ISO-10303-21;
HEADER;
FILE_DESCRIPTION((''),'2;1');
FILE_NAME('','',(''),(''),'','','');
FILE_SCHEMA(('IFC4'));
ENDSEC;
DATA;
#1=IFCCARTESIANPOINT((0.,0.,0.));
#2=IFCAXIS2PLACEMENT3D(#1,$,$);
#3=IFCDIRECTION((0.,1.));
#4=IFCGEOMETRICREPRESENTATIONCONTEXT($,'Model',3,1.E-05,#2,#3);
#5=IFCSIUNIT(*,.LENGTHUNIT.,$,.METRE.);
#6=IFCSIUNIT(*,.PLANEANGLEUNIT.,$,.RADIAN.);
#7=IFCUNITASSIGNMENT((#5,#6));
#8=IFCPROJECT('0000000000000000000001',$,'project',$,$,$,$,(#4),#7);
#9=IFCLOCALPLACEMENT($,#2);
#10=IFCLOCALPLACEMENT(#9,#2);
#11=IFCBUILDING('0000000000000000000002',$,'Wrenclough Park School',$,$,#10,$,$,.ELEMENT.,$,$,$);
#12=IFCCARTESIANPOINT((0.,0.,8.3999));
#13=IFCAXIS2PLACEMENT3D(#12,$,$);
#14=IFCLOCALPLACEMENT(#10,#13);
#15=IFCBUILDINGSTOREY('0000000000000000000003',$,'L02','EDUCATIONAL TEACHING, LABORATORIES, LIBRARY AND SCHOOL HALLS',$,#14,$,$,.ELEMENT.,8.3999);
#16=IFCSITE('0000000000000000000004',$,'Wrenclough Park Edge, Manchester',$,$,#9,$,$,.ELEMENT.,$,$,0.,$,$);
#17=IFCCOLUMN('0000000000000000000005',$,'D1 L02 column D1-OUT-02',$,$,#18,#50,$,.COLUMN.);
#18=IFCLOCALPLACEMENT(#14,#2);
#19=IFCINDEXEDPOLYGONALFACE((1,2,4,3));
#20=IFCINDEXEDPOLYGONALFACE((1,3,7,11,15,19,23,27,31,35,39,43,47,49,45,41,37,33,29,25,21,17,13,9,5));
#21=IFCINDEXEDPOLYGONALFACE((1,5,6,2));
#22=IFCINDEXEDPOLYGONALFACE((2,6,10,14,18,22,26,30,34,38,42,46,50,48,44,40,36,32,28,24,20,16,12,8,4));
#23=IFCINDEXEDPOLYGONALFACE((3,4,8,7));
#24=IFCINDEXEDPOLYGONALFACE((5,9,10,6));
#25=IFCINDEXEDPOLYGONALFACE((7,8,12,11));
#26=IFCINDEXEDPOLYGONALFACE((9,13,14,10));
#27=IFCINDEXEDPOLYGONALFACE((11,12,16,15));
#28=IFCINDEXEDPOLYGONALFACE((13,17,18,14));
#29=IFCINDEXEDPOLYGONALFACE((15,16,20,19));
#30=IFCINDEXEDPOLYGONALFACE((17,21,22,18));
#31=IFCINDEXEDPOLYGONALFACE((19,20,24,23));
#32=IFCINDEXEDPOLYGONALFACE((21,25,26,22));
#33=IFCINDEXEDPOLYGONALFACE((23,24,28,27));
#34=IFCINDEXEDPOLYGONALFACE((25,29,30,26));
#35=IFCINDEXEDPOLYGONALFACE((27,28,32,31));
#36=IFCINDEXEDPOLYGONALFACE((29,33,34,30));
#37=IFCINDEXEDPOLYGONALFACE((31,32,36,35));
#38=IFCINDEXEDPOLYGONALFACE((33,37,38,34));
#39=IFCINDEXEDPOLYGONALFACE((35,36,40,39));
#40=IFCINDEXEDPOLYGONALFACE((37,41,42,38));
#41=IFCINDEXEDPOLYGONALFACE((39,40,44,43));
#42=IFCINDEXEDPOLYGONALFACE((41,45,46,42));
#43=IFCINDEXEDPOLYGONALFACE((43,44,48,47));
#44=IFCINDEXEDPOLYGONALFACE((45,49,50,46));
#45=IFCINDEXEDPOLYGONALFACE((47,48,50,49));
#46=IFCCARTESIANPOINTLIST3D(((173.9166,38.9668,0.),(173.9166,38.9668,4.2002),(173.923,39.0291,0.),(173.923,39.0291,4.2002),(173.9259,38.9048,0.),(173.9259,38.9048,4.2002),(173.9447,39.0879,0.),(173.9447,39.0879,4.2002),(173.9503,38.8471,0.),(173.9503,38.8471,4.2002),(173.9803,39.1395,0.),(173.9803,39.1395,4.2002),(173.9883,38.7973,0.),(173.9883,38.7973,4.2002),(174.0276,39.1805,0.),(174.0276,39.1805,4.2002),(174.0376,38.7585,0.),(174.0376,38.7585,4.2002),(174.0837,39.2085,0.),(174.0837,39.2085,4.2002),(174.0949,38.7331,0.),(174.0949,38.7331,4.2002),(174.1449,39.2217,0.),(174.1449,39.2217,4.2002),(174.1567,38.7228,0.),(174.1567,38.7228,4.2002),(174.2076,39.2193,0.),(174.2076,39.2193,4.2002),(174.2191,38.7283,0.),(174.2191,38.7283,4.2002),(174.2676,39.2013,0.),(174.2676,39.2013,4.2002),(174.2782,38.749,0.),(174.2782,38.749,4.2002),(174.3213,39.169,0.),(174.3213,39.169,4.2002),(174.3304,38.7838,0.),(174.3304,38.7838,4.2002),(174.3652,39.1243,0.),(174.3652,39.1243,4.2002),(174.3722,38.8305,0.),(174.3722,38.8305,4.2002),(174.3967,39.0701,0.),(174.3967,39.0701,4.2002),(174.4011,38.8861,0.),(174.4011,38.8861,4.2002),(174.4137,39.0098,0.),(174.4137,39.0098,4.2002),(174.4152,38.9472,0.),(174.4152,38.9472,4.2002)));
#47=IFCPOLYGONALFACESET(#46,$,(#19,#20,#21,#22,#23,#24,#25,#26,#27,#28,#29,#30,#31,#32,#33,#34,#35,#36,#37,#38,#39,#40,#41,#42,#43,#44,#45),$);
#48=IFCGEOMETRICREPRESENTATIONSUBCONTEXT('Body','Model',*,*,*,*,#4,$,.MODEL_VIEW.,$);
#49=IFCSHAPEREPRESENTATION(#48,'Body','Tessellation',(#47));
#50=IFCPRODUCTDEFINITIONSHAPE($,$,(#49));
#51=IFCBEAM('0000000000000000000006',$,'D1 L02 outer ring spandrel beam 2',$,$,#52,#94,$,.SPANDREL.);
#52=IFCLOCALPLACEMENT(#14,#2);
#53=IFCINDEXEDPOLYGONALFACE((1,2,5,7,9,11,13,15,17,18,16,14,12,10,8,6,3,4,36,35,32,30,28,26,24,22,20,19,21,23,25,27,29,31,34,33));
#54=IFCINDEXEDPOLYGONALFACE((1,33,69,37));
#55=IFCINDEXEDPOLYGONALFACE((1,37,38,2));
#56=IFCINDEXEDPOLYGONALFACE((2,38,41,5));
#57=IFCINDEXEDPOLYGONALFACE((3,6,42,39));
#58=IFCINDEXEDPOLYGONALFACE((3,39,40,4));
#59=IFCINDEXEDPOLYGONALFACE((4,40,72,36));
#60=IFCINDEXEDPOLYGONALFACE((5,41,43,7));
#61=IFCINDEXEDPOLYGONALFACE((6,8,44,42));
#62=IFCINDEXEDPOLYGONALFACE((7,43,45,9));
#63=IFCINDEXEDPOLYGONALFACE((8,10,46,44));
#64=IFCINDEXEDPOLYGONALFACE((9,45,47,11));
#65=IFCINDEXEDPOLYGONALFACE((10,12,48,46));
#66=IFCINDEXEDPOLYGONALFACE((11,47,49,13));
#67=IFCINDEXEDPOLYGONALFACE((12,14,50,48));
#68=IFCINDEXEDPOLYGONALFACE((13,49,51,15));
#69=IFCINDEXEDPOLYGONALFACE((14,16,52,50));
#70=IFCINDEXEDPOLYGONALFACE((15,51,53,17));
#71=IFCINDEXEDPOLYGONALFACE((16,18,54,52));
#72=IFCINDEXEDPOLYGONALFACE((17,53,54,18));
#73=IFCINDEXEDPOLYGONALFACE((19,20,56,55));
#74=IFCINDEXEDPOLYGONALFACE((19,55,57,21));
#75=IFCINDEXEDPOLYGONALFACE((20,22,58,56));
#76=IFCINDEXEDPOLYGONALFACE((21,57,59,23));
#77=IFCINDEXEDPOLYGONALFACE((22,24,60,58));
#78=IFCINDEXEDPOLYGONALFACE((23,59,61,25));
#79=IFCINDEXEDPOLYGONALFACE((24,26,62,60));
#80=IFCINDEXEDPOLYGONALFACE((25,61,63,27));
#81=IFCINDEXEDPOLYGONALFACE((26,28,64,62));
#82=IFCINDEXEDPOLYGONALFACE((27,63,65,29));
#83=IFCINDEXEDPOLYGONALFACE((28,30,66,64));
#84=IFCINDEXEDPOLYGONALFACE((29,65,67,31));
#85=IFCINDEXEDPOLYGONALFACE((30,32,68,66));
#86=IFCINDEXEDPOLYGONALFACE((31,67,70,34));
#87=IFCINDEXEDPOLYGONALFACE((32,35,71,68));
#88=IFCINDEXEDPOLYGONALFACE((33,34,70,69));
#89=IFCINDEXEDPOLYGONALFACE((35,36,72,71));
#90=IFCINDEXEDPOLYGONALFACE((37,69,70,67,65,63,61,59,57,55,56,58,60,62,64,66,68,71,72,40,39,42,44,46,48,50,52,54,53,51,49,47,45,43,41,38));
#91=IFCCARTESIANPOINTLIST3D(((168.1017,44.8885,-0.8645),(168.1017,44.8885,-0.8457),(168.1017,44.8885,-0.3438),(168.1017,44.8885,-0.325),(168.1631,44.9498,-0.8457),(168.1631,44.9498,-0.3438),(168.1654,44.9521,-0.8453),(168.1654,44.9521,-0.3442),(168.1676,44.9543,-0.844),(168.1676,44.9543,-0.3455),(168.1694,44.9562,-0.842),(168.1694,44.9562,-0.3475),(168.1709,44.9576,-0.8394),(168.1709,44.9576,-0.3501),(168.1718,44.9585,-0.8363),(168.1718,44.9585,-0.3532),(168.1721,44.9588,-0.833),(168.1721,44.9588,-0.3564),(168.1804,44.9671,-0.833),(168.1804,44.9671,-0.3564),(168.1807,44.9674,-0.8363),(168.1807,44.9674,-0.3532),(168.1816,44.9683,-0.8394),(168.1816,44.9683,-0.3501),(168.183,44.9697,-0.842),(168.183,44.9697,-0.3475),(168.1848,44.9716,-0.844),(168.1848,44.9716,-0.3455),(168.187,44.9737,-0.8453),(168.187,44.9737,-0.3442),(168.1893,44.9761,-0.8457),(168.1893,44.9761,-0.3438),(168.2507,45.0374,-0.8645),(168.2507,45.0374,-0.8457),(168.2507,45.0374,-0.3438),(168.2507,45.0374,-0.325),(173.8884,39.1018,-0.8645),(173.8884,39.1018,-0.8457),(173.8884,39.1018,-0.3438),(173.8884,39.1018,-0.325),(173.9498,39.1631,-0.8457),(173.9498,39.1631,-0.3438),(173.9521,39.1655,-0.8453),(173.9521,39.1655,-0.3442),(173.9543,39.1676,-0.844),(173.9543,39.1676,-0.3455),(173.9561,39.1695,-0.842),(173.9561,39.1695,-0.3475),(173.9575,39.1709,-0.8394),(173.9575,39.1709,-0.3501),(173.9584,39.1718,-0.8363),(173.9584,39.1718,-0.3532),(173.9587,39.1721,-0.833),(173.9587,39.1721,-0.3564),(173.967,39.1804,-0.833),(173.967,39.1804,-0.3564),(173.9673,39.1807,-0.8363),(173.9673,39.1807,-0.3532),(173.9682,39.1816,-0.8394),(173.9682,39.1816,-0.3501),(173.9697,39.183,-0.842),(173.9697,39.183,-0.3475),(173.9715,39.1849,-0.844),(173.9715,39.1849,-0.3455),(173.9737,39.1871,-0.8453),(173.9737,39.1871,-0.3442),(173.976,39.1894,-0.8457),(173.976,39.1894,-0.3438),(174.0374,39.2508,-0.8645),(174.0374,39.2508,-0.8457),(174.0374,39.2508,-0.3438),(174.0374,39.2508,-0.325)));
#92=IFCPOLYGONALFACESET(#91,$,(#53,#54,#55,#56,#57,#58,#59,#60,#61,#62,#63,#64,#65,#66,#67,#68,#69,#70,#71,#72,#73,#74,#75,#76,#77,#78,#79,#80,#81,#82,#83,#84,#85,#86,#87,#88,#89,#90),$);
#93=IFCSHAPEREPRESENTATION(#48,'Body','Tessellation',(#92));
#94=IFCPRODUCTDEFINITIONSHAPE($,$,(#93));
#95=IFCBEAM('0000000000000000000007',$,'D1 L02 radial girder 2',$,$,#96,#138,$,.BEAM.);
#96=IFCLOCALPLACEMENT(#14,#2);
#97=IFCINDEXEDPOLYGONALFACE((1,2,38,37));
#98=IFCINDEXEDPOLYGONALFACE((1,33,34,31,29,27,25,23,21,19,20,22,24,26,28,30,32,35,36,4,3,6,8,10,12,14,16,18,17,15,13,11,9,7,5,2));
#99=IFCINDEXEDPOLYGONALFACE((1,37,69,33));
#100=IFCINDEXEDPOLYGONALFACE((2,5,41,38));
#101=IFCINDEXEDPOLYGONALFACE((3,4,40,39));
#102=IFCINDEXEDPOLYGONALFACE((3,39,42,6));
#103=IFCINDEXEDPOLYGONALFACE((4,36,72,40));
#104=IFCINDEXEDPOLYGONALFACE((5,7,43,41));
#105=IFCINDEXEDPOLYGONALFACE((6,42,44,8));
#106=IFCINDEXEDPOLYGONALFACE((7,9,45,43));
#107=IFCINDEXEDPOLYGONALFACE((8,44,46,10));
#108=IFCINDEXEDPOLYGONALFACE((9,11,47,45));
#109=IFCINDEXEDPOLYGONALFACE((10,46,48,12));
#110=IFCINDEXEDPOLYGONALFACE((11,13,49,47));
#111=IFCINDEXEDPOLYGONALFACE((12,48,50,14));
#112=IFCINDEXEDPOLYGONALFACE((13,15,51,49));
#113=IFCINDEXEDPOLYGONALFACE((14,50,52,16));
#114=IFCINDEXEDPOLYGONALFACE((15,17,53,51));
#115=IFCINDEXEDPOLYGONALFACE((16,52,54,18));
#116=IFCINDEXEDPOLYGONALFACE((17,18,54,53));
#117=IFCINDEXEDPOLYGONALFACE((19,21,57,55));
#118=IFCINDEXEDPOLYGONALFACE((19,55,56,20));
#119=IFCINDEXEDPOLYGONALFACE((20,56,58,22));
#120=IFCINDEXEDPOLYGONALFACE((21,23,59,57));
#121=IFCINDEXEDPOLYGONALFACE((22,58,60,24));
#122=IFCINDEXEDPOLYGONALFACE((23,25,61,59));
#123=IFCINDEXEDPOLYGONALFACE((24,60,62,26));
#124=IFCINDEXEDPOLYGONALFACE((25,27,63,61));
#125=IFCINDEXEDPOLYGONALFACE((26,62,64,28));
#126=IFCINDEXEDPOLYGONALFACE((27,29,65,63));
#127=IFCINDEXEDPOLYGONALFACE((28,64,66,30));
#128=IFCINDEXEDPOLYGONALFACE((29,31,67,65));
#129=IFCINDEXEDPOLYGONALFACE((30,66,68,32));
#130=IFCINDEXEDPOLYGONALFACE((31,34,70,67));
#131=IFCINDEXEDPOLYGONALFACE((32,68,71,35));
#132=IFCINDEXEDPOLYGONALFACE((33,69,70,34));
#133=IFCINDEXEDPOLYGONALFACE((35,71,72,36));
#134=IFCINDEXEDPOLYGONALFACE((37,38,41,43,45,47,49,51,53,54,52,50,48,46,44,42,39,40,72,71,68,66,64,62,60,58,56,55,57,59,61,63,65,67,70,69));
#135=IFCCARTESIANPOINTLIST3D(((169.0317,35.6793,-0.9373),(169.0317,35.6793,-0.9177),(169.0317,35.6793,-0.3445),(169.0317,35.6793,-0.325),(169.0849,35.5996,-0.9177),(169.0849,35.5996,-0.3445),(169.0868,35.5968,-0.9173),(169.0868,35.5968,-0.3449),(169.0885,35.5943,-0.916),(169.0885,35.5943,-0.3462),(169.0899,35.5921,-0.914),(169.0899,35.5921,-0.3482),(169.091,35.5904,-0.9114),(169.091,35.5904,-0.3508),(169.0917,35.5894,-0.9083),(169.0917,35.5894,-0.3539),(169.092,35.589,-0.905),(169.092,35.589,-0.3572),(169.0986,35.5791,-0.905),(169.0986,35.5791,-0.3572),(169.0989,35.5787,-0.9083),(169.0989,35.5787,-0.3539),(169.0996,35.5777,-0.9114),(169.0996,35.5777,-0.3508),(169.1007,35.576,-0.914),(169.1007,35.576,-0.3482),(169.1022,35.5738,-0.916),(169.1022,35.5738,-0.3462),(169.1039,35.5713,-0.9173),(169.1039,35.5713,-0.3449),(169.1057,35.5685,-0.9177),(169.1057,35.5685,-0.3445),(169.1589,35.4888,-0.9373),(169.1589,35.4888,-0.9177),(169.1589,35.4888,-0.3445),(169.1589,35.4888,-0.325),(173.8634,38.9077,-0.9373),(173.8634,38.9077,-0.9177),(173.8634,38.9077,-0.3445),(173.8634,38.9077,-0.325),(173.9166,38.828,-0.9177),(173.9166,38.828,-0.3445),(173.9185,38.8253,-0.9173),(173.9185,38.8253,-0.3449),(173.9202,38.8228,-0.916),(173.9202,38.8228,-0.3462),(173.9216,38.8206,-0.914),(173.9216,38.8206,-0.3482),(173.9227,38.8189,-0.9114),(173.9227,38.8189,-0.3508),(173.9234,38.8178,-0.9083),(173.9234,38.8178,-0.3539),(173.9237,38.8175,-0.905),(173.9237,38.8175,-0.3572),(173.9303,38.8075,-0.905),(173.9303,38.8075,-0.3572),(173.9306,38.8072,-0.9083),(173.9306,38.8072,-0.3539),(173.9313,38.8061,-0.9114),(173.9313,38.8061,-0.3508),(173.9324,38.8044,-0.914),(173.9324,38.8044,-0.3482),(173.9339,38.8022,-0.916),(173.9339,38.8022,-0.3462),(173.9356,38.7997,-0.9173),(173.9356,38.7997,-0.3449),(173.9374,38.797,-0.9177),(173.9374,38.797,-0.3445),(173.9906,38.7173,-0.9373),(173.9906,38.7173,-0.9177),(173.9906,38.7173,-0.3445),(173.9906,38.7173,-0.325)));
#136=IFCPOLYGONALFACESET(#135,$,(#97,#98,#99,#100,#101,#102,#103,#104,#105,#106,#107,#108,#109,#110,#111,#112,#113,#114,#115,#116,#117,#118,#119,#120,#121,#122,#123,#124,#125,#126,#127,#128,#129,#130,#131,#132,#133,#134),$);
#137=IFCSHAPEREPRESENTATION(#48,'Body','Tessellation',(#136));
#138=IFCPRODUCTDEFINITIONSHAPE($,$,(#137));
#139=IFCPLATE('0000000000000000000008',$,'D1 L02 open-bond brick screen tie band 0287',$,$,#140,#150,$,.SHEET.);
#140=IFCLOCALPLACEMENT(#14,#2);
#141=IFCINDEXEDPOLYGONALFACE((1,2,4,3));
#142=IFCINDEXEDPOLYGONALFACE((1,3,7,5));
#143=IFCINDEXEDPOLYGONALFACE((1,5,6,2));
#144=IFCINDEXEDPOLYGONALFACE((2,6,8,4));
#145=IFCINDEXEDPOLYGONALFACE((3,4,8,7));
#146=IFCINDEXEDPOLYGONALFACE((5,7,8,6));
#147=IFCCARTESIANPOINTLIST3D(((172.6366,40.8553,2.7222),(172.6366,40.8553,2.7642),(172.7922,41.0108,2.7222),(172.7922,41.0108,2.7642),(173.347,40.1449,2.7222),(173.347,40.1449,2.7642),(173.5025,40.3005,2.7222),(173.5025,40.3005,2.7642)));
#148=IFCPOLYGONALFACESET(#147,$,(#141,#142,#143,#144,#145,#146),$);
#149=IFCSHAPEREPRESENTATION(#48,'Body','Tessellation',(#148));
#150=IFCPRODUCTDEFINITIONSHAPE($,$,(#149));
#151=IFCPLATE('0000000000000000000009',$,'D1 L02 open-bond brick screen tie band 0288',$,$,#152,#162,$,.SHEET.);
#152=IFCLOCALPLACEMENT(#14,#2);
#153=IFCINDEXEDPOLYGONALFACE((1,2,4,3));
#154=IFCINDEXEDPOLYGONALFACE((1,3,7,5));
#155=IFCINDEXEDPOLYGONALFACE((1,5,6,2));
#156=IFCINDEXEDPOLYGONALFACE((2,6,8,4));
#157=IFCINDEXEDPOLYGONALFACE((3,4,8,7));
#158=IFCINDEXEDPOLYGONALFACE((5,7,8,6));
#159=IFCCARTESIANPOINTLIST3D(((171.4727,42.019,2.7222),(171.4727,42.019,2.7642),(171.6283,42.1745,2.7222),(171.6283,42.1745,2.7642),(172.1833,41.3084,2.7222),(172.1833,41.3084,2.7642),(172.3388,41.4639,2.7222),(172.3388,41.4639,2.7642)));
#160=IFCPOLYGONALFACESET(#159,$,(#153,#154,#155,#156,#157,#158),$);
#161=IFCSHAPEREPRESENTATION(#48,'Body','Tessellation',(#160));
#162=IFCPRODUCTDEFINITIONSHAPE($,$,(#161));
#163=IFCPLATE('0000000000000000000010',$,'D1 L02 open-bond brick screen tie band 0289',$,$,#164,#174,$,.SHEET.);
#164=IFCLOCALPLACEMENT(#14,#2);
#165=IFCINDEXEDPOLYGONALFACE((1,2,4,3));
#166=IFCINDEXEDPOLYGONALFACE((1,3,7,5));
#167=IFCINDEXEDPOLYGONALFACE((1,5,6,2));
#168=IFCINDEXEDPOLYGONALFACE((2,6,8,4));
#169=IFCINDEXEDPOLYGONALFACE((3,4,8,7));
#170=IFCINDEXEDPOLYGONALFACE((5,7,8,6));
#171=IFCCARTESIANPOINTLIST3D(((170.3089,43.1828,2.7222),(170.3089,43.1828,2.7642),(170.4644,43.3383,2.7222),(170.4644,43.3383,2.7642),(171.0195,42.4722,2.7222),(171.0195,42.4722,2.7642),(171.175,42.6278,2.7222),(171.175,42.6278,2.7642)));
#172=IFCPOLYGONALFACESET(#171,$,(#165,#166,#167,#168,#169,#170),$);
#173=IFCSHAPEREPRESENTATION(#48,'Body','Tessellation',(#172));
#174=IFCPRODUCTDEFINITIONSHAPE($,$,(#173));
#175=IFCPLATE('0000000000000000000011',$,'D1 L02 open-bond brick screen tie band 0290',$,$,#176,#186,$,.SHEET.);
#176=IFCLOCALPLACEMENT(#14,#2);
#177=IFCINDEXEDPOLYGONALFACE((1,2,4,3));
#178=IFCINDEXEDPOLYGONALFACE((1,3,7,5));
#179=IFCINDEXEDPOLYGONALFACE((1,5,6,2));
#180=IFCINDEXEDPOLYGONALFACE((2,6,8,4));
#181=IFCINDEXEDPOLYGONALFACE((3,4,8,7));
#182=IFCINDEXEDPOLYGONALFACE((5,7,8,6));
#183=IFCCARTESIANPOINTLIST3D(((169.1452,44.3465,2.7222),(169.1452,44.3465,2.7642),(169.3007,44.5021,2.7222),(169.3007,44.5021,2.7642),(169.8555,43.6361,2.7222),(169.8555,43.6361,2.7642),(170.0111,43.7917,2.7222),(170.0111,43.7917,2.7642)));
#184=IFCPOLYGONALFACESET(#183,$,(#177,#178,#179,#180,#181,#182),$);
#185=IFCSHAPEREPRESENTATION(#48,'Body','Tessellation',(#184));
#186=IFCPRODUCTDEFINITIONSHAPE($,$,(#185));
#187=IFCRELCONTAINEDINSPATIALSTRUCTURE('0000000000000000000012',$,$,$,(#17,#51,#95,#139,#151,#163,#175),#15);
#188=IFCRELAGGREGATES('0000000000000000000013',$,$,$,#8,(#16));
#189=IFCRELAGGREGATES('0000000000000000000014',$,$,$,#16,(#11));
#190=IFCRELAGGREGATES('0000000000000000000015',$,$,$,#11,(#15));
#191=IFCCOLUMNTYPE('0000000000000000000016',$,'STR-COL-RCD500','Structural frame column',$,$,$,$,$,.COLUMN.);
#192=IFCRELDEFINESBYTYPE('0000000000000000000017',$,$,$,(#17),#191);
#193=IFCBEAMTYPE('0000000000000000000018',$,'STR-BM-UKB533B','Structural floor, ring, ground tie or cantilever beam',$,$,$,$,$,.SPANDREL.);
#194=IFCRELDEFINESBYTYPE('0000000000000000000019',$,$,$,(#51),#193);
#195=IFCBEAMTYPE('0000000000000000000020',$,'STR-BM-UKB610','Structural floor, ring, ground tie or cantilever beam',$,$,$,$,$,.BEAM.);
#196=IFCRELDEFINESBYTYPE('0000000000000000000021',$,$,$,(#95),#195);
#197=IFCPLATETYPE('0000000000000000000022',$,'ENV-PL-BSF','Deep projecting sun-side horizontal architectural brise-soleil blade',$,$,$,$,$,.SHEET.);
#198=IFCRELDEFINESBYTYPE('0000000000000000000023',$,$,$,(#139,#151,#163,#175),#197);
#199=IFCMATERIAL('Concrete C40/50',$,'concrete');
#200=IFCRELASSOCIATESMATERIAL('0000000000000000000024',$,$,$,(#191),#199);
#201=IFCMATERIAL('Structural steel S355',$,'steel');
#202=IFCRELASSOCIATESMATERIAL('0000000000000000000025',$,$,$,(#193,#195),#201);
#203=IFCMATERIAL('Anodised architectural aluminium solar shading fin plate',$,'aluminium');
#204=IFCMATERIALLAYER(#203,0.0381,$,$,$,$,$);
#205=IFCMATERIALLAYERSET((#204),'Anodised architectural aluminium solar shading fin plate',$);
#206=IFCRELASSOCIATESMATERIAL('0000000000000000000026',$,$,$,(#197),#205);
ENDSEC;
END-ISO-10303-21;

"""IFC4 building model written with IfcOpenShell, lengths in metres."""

from ifc_helpers import new_model, si_unit, direction, frame, origin, origin_2d, place, context, subcontext, project, spatial, rectangle, circle, i_section, extrude, material, layer, layer_set, material_profile, profile_set, type_object, element, save


model = new_model("IFC4")

# Units and contexts
model_context = context("Model", 3, precision=1e-05, world=origin(), true_north=direction((0.0, 1.0)))
body_context = subcontext(model_context, "Body", "Model", "MODEL_VIEW")
ifc_project = project(units=[si_unit("LENGTHUNIT", "METRE"), si_unit("PLANEANGLEUNIT", "RADIAN")], contexts=[model_context])

# Site, building, storey
site_placement = place(None, origin())
site = spatial("IfcSite", under=ifc_project, at=site_placement, Name="Wrenclough Park Edge, Manchester", CompositionType="ELEMENT", RefElevation=0.0)
building_placement = place(site_placement, origin())
building = spatial("IfcBuilding", under=site, at=building_placement, Name="Wrenclough Park School", CompositionType="ELEMENT")
storey_placement = place(building_placement, frame((0.0, 0.0, 8.3999)))
storey = spatial("IfcBuildingStorey", under=building, at=storey_placement, Name="L02", Description="EDUCATIONAL TEACHING, LABORATORIES, LIBRARY AND SCHOOL HALLS", CompositionType="ELEMENT", Elevation=8.3999)

# Column
ifc_material_1 = material(Name="Concrete C40/50", Category="concrete")
ifc_material_profile_1 = material_profile(ifc_material_1, circle(Radius=0.25, at=origin_2d()), Name="RC COL D500")
ifc_profile_set_1 = profile_set([ifc_material_profile_1], Name="Concrete C40/50")
column_type = type_object("IfcColumnType", Name="STR-COL-RCD500", Description="Structural frame column", PredefinedType="COLUMN", material=ifc_profile_set_1)
column_placement = place(storey_placement, frame((174.1665, 38.9727, 0.0), z_axis=(0.0, 0.0, 1.0), x_axis=(-0.55557, 0.83147, 0.0)))
element("IfcColumn", 1, at=column_placement, inside=storey, type_object=column_type, Name="D1 L02 column D1-OUT-02", PredefinedType="COLUMN", context=body_context, shape_type="SweptSolid", body=[
    extrude(circle(Radius=0.25, at=origin_2d()), origin(), (0.0, 0.0, 1.0), 4.2002),
])

# Beams
ifc_material_2 = material(Name="Structural steel S355", Category="steel")
ifc_material_profile_2 = material_profile(ifc_material_2, i_section(OverallWidth=0.2107, OverallDepth=0.5396, WebThickness=0.0117, FlangeThickness=0.0188, FilletRadius=0.0127, at=origin_2d()), Name="UKB 533x210x109")
ifc_profile_set_2 = profile_set([ifc_material_profile_2], Name="Structural steel S355")
beam_type_1 = type_object("IfcBeamType", Name="STR-BM-UKB533B", Description="Structural floor, ring, ground tie or cantilever beam", PredefinedType="SPANDREL", material=ifc_profile_set_2)
beam_1_placement = place(storey_placement, frame((173.9629, 39.1763, -0.5947), z_axis=(-0.707107, 0.707107, 0.0), x_axis=(-0.707107, -0.707107, 0.0)))
element("IfcBeam", 2, at=beam_1_placement, inside=storey, type_object=beam_type_1, Name="D1 L02 outer ring spandrel beam 2", PredefinedType="SPANDREL", context=body_context, shape_type="SweptSolid", body=[
    extrude(i_section(OverallWidth=0.2107, OverallDepth=0.5396, WebThickness=0.0117, FlangeThickness=0.0188, FilletRadius=0.0127, at=origin_2d()), origin(), (0.0, 0.0, 1.0), 8.1836),
])
ifc_material_profile_3 = material_profile(ifc_material_2, i_section(OverallWidth=0.229, OverallDepth=0.6123, WebThickness=0.012, FlangeThickness=0.0195, FilletRadius=0.0127, at=origin_2d()), Name="UKB 610x229x125")
ifc_profile_set_3 = profile_set([ifc_material_profile_3], Name="Structural steel S355")
beam_type_2 = type_object("IfcBeamType", Name="STR-BM-UKB610", Description="Structural floor, ring, ground tie or cantilever beam", PredefinedType="BEAM", material=ifc_profile_set_3)
beam_2_placement = place(storey_placement, frame((173.927, 38.8125, -0.6311), z_axis=(-0.831468, -0.555572, 0.0), x_axis=(0.555572, -0.831468, 0.0)))
element("IfcBeam", 3, at=beam_2_placement, inside=storey, type_object=beam_type_2, Name="D1 L02 radial girder 2", PredefinedType="BEAM", context=body_context, shape_type="SweptSolid", body=[
    extrude(i_section(OverallWidth=0.229, OverallDepth=0.6123, WebThickness=0.012, FlangeThickness=0.0195, FilletRadius=0.0127, at=origin_2d()), origin(), (0.0, 0.0, 1.0), 5.811),
])

# Plates
ifc_material_3 = material(Name="Anodised architectural aluminium solar shading fin plate", Category="aluminium")
ifc_layer_1 = layer(ifc_material_3, 0.0381)
ifc_layer_set_1 = layer_set([ifc_layer_1], Name="Anodised architectural aluminium solar shading fin plate")
plate_type = type_object("IfcPlateType", Name="ENV-PL-BSF", Description="Deep projecting sun-side horizontal architectural brise-soleil blade", PredefinedType="SHEET", material=ifc_layer_set_1)
plate_1_placement = place(storey_placement, frame((173.0696, 40.5779, 2.7222), z_axis=(0.0, 0.0, 1.0), x_axis=(-0.707107, 0.707107, 0.0)))
element("IfcPlate", 4, at=plate_1_placement, inside=storey, type_object=plate_type, Name="D1 L02 open-bond brick screen tie band 0287", PredefinedType="SHEET", context=body_context, shape_type="SweptSolid", body=[
    extrude(rectangle(XDim=1.0046, YDim=0.22, at=origin_2d()), origin(), (0.0, 0.0, 1.0), 0.042),
])
for number, where, z_axis, x_axis, name in (
    (5, (171.9058, 41.7415, 2.7222), (0.0, 0.0, 1.0), (-0.707107, 0.707107, 0.0), "D1 L02 open-bond brick screen tie band 0288"),
    (6, (170.7419, 42.9053, 2.7222), (0.0, 0.0, 1.0), (-0.707107, 0.707107, 0.0), "D1 L02 open-bond brick screen tie band 0289"),
):
    element("IfcPlate", number, at=place(storey_placement, frame(where, z_axis=z_axis, x_axis=x_axis)), inside=storey, type_object=plate_type, Name=name, PredefinedType="SHEET", context=body_context, shape_type="SweptSolid", body=[
        extrude(rectangle(XDim=1.0049, YDim=0.22, at=origin_2d()), origin(), (0.0, 0.0, 1.0), 0.042),
    ])
plate_2_placement = place(storey_placement, frame((169.5781, 44.0691, 2.7222), z_axis=(0.0, 0.0, 1.0), x_axis=(-0.707107, 0.707107, 0.0)))
element("IfcPlate", 7, at=plate_2_placement, inside=storey, type_object=plate_type, Name="D1 L02 open-bond brick screen tie band 0290", PredefinedType="SHEET", context=body_context, shape_type="SweptSolid", body=[
    extrude(rectangle(XDim=1.0046, YDim=0.22, at=origin_2d()), origin(), (0.0, 0.0, 1.0), 0.042),
])

save(model, "model.ifc")
